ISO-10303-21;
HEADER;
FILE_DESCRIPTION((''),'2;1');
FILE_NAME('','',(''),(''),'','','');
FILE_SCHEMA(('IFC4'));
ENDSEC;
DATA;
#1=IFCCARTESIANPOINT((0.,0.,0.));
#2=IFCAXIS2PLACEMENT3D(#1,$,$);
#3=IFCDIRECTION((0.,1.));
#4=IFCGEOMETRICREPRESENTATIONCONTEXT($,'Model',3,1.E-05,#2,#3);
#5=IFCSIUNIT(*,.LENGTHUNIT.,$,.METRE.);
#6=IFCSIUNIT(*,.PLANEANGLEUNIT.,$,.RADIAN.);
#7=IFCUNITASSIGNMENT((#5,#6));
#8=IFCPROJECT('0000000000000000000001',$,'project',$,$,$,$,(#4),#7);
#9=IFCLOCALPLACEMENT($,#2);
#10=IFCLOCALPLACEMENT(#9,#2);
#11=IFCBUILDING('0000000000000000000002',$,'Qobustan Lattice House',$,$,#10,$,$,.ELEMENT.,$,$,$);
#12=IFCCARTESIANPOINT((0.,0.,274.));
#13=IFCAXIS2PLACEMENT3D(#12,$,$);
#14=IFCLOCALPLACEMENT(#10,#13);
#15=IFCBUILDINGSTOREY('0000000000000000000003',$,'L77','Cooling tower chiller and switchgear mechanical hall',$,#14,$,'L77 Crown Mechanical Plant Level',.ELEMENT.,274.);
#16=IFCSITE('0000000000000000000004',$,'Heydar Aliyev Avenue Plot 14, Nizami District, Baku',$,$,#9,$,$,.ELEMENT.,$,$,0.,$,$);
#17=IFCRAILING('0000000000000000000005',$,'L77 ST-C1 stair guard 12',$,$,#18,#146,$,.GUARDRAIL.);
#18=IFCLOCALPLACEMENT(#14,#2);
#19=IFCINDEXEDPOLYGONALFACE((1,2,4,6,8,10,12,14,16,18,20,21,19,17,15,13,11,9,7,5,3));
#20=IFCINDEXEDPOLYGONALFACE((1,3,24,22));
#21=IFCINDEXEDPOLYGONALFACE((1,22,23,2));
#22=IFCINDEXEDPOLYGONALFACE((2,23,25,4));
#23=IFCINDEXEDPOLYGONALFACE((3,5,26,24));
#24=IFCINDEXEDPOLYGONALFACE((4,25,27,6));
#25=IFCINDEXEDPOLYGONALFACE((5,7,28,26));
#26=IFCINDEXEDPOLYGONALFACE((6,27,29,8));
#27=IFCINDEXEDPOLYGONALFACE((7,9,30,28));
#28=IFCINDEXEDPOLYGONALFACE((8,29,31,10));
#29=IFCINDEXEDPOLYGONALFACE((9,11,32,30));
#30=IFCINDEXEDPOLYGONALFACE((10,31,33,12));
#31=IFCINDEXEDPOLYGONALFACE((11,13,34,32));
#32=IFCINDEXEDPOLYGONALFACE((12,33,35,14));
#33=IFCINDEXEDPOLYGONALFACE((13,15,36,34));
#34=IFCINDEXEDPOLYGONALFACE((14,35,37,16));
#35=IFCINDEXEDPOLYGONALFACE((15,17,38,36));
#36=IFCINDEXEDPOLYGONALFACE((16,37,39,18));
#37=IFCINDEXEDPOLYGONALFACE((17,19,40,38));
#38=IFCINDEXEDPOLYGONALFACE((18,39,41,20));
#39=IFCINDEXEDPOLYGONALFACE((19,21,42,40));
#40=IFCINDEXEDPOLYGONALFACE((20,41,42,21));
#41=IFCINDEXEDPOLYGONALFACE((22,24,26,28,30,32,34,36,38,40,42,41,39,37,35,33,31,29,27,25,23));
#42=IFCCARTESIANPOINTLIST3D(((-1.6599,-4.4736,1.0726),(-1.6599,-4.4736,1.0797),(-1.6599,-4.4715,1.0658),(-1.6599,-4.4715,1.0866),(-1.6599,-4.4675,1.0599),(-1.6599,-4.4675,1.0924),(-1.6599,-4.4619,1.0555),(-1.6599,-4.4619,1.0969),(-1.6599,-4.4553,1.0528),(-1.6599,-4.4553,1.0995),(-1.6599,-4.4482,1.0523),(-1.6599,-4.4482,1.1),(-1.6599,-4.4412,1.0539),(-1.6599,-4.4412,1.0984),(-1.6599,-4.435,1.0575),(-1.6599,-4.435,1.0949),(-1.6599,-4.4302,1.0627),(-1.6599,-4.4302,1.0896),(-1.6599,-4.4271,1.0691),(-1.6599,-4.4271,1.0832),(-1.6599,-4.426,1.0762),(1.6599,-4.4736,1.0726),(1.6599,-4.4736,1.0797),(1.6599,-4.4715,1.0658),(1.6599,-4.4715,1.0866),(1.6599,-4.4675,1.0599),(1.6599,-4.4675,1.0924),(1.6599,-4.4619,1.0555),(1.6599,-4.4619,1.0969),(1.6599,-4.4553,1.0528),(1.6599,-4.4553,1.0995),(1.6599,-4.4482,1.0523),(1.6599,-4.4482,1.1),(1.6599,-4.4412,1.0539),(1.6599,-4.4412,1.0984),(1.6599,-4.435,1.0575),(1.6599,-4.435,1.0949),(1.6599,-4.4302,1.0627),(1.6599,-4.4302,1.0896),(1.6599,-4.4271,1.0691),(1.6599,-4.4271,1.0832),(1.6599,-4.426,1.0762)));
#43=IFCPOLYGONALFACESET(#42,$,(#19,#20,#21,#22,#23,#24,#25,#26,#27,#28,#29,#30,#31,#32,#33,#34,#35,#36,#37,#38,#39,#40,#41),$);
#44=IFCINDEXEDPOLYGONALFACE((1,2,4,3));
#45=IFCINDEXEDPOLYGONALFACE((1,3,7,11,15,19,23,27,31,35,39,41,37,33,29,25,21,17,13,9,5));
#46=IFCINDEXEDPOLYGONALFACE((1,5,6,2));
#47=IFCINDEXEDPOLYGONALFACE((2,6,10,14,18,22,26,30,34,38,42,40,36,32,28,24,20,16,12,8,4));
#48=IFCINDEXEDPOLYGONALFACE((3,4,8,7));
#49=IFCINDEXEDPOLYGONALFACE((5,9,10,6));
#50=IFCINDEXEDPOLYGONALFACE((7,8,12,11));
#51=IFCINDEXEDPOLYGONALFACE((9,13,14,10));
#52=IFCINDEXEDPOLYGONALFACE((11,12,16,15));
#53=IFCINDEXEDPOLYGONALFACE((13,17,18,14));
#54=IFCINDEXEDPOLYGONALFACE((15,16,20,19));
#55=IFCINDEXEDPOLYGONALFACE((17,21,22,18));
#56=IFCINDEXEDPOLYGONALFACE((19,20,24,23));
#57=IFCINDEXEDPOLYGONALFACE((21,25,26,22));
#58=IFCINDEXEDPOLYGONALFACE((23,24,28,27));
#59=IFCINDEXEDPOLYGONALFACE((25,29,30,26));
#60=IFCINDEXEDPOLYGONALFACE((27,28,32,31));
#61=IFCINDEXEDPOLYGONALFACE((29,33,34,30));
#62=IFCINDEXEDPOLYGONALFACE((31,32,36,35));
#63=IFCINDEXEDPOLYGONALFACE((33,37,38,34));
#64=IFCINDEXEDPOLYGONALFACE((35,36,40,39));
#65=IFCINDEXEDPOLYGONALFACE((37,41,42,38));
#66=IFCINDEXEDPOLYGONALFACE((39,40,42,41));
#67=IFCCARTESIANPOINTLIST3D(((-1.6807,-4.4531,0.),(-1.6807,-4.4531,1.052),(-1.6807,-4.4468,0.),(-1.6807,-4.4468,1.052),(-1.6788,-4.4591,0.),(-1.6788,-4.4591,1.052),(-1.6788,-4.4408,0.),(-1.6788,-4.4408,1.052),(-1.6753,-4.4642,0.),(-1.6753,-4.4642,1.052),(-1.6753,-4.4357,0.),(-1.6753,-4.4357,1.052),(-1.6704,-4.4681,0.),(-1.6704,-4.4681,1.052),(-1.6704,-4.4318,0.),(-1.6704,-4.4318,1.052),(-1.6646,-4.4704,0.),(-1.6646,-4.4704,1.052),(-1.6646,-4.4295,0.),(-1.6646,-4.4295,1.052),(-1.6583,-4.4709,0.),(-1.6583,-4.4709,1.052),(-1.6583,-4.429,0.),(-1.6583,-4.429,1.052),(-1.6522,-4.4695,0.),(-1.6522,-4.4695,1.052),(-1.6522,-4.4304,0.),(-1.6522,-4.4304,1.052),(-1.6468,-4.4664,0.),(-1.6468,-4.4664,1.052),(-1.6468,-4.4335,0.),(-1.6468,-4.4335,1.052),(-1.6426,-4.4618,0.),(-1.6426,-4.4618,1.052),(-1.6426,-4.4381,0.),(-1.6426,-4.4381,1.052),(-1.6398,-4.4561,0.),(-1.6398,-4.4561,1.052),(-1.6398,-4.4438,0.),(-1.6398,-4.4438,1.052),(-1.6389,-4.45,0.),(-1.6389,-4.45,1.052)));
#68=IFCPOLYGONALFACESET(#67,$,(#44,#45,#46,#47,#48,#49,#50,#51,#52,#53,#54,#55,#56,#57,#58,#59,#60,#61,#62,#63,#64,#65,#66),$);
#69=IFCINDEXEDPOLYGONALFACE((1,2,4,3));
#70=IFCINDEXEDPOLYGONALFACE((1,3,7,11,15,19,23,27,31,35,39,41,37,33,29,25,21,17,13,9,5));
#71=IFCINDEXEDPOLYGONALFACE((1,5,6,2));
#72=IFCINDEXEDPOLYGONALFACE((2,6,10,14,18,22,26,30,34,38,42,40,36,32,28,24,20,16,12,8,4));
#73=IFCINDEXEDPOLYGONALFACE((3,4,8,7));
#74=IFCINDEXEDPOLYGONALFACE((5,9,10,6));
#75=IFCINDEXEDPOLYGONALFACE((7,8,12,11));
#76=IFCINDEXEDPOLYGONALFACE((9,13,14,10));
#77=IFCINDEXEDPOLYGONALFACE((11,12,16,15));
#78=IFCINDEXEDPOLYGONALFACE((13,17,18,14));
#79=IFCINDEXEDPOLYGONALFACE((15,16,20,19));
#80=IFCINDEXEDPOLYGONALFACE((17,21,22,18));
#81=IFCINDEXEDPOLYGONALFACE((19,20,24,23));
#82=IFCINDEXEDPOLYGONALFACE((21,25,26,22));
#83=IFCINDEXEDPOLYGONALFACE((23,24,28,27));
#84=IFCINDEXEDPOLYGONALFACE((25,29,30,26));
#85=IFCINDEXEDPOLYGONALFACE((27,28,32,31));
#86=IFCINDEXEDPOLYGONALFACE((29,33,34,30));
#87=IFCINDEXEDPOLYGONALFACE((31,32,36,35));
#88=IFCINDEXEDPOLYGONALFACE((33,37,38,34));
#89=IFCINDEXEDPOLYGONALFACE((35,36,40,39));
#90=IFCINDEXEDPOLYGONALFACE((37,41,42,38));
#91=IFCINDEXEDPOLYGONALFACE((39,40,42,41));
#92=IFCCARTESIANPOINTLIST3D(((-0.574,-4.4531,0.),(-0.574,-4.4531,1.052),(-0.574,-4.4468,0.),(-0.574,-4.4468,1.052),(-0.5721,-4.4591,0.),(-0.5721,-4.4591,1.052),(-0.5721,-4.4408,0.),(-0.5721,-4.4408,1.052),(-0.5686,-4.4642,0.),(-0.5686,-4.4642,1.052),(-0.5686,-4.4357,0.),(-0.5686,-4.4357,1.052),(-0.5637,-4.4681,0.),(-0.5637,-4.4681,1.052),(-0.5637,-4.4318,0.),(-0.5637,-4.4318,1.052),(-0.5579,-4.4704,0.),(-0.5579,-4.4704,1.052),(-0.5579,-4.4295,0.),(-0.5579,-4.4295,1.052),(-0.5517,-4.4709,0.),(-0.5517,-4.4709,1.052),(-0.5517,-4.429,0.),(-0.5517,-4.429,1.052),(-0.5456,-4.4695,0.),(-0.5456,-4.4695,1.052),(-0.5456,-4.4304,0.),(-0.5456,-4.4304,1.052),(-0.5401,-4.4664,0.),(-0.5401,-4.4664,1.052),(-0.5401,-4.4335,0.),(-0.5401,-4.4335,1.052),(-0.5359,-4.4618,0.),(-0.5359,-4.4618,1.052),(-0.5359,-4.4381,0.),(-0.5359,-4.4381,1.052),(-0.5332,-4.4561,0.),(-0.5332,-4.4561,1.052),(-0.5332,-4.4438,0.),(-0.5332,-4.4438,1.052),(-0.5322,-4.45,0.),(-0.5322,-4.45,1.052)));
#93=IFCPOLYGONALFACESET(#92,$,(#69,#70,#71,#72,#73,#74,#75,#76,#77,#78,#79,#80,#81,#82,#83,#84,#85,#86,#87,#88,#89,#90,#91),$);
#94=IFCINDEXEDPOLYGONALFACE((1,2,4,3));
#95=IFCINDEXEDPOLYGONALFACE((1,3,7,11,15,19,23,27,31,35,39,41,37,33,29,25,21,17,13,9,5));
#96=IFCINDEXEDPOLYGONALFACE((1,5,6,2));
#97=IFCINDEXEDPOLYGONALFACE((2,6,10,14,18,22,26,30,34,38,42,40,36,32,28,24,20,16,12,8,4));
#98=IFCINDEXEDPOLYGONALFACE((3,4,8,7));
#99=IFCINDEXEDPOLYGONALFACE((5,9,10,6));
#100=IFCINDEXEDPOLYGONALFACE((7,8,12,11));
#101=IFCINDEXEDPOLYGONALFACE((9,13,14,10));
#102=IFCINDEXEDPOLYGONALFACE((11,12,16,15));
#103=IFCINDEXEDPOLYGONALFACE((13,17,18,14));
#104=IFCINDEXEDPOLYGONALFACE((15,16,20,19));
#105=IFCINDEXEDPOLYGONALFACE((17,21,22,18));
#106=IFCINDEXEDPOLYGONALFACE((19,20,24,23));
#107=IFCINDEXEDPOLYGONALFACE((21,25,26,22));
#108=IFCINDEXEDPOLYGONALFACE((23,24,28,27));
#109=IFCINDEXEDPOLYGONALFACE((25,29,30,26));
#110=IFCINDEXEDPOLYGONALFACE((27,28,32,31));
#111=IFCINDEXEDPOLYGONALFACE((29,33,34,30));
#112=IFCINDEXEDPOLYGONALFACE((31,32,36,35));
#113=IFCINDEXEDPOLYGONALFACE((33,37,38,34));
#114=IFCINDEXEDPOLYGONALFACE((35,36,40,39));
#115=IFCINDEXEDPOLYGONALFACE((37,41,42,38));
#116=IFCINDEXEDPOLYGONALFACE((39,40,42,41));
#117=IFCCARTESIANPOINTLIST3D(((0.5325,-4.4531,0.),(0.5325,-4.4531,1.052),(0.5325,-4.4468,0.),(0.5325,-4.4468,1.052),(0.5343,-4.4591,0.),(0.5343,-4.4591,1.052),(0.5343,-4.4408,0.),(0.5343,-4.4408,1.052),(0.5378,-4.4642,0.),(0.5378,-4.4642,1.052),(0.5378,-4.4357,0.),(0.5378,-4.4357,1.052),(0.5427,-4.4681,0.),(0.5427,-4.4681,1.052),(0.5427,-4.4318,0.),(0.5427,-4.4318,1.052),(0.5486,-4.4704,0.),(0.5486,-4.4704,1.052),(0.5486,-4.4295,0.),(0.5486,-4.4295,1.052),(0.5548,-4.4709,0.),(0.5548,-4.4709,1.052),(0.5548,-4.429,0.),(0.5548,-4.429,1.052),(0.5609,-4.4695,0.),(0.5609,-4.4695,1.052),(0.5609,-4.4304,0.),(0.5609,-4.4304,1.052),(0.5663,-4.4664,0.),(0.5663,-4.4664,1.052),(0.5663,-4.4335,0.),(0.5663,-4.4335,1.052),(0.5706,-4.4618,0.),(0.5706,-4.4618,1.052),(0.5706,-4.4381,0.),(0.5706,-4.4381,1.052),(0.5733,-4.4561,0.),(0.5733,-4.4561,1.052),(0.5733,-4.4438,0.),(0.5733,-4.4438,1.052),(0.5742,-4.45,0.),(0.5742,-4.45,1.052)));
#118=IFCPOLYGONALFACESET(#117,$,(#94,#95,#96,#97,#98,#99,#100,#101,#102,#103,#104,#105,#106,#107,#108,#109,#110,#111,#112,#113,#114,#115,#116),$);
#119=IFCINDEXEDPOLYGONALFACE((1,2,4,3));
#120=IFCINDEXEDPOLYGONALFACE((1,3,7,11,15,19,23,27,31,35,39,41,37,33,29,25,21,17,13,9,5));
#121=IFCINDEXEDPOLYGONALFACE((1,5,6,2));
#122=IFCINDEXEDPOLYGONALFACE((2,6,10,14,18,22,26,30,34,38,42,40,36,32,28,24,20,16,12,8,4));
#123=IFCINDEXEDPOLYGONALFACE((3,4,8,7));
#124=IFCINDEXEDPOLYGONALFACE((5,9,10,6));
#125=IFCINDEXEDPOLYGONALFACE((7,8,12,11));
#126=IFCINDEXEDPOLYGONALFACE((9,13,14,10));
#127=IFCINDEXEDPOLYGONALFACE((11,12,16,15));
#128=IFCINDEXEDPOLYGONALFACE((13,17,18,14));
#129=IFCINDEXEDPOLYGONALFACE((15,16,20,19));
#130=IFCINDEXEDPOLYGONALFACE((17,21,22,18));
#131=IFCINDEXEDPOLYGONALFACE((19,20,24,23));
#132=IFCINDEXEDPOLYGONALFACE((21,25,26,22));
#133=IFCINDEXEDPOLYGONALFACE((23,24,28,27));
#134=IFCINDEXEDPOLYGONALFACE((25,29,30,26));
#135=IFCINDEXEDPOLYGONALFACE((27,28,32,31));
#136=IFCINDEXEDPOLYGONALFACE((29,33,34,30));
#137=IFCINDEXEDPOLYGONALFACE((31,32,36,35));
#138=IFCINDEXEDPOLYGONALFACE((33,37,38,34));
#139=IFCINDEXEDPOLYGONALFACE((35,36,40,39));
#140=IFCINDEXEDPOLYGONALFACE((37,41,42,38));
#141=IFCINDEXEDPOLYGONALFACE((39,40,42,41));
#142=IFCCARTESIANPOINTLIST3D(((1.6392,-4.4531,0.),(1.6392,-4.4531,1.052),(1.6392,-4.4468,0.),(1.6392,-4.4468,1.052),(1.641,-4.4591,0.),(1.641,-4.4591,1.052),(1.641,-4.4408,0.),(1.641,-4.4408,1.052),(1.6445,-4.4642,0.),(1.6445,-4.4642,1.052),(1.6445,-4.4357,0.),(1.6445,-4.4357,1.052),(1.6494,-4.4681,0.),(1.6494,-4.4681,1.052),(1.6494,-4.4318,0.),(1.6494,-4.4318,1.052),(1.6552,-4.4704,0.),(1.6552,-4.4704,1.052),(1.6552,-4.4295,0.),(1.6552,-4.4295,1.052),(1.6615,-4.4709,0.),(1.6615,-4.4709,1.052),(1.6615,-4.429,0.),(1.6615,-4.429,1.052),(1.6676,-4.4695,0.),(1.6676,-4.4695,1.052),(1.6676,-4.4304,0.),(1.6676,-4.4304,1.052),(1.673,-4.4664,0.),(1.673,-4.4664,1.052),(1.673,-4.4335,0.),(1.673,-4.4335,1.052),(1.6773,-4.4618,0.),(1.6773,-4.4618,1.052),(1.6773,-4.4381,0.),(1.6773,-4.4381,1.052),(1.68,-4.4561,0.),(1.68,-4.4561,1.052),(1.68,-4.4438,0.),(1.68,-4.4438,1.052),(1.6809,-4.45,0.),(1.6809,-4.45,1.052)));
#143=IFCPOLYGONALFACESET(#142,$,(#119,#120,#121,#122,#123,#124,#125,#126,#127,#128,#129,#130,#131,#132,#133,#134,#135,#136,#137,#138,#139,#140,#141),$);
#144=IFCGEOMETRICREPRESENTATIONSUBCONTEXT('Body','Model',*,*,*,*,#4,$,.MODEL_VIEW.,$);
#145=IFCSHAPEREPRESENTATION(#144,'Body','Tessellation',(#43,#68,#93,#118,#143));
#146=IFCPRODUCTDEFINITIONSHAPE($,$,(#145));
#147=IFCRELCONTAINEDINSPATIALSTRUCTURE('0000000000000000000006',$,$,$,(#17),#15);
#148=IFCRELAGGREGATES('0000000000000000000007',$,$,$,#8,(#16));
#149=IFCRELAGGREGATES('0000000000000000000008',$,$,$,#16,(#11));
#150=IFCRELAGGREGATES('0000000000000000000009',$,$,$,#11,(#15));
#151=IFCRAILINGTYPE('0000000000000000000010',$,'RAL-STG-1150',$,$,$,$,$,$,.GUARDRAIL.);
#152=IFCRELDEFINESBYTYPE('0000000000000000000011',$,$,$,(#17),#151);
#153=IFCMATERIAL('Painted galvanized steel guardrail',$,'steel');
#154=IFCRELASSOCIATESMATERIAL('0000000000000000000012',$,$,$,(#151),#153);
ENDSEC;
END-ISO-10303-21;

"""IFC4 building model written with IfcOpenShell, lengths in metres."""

from ifc_helpers import new_model, si_unit, direction, frame, origin, origin_2d, place, context, subcontext, project, spatial, circle, extrude, material, type_object, element, save


model = new_model("IFC4")

# Units and contexts
model_context = context("Model", 3, precision=1e-05, world=origin(), true_north=direction((0.0, 1.0)))
body_context = subcontext(model_context, "Body", "Model", "MODEL_VIEW")
ifc_project = project(units=[si_unit("LENGTHUNIT", "METRE"), si_unit("PLANEANGLEUNIT", "RADIAN")], contexts=[model_context])

# Site, building, storey
site_placement = place(None, origin())
site = spatial("IfcSite", under=ifc_project, at=site_placement, Name="Heydar Aliyev Avenue Plot 14, Nizami District, Baku", CompositionType="ELEMENT", RefElevation=0.0)
building_placement = place(site_placement, origin())
building = spatial("IfcBuilding", under=site, at=building_placement, Name="Qobustan Lattice House", CompositionType="ELEMENT")
storey_placement = place(building_placement, frame((0.0, 0.0, 274.0)))
storey = spatial("IfcBuildingStorey", under=building, at=storey_placement, Name="L77", Description="Cooling tower chiller and switchgear mechanical hall", LongName="L77 Crown Mechanical Plant Level", CompositionType="ELEMENT", Elevation=274.0)

# Railing
ifc_material_1 = material(Name="Painted galvanized steel guardrail", Category="steel")
railing_type = type_object("IfcRailingType", Name="RAL-STG-1150", PredefinedType="GUARDRAIL", material=ifc_material_1)
railing_1_placement = place(storey_placement, frame((-1.6599, -4.45, 0.0)))
element("IfcRailing", 1, at=railing_1_placement, inside=storey, type_object=railing_type, Name="L77 ST-C1 stair guard 12", PredefinedType="GUARDRAIL", context=body_context, shape_type="SweptSolid", body=[
    extrude(circle(Radius=0.0239, at=origin_2d()), frame((0.0, 0.0, 1.0762), z_axis=(1.0, 0.0, 0.0), x_axis=(0.0, 1.0, 0.0)), (0.0, 0.0, 1.0), 3.3198),
    extrude(circle(Radius=0.021, at=origin_2d()), origin(), (0.0, 0.0, 1.0), 1.052),
    extrude(circle(Radius=0.021, at=origin_2d()), frame((1.1067, 0.0, 0.0)), (0.0, 0.0, 1.0), 1.052),
    extrude(circle(Radius=0.021, at=origin_2d()), frame((2.2131, 0.0, 0.0)), (0.0, 0.0, 1.0), 1.052),
    extrude(circle(Radius=0.021, at=origin_2d()), frame((3.3198, 0.0, 0.0)), (0.0, 0.0, 1.0), 1.052),
])

save(model, "model.ifc")
